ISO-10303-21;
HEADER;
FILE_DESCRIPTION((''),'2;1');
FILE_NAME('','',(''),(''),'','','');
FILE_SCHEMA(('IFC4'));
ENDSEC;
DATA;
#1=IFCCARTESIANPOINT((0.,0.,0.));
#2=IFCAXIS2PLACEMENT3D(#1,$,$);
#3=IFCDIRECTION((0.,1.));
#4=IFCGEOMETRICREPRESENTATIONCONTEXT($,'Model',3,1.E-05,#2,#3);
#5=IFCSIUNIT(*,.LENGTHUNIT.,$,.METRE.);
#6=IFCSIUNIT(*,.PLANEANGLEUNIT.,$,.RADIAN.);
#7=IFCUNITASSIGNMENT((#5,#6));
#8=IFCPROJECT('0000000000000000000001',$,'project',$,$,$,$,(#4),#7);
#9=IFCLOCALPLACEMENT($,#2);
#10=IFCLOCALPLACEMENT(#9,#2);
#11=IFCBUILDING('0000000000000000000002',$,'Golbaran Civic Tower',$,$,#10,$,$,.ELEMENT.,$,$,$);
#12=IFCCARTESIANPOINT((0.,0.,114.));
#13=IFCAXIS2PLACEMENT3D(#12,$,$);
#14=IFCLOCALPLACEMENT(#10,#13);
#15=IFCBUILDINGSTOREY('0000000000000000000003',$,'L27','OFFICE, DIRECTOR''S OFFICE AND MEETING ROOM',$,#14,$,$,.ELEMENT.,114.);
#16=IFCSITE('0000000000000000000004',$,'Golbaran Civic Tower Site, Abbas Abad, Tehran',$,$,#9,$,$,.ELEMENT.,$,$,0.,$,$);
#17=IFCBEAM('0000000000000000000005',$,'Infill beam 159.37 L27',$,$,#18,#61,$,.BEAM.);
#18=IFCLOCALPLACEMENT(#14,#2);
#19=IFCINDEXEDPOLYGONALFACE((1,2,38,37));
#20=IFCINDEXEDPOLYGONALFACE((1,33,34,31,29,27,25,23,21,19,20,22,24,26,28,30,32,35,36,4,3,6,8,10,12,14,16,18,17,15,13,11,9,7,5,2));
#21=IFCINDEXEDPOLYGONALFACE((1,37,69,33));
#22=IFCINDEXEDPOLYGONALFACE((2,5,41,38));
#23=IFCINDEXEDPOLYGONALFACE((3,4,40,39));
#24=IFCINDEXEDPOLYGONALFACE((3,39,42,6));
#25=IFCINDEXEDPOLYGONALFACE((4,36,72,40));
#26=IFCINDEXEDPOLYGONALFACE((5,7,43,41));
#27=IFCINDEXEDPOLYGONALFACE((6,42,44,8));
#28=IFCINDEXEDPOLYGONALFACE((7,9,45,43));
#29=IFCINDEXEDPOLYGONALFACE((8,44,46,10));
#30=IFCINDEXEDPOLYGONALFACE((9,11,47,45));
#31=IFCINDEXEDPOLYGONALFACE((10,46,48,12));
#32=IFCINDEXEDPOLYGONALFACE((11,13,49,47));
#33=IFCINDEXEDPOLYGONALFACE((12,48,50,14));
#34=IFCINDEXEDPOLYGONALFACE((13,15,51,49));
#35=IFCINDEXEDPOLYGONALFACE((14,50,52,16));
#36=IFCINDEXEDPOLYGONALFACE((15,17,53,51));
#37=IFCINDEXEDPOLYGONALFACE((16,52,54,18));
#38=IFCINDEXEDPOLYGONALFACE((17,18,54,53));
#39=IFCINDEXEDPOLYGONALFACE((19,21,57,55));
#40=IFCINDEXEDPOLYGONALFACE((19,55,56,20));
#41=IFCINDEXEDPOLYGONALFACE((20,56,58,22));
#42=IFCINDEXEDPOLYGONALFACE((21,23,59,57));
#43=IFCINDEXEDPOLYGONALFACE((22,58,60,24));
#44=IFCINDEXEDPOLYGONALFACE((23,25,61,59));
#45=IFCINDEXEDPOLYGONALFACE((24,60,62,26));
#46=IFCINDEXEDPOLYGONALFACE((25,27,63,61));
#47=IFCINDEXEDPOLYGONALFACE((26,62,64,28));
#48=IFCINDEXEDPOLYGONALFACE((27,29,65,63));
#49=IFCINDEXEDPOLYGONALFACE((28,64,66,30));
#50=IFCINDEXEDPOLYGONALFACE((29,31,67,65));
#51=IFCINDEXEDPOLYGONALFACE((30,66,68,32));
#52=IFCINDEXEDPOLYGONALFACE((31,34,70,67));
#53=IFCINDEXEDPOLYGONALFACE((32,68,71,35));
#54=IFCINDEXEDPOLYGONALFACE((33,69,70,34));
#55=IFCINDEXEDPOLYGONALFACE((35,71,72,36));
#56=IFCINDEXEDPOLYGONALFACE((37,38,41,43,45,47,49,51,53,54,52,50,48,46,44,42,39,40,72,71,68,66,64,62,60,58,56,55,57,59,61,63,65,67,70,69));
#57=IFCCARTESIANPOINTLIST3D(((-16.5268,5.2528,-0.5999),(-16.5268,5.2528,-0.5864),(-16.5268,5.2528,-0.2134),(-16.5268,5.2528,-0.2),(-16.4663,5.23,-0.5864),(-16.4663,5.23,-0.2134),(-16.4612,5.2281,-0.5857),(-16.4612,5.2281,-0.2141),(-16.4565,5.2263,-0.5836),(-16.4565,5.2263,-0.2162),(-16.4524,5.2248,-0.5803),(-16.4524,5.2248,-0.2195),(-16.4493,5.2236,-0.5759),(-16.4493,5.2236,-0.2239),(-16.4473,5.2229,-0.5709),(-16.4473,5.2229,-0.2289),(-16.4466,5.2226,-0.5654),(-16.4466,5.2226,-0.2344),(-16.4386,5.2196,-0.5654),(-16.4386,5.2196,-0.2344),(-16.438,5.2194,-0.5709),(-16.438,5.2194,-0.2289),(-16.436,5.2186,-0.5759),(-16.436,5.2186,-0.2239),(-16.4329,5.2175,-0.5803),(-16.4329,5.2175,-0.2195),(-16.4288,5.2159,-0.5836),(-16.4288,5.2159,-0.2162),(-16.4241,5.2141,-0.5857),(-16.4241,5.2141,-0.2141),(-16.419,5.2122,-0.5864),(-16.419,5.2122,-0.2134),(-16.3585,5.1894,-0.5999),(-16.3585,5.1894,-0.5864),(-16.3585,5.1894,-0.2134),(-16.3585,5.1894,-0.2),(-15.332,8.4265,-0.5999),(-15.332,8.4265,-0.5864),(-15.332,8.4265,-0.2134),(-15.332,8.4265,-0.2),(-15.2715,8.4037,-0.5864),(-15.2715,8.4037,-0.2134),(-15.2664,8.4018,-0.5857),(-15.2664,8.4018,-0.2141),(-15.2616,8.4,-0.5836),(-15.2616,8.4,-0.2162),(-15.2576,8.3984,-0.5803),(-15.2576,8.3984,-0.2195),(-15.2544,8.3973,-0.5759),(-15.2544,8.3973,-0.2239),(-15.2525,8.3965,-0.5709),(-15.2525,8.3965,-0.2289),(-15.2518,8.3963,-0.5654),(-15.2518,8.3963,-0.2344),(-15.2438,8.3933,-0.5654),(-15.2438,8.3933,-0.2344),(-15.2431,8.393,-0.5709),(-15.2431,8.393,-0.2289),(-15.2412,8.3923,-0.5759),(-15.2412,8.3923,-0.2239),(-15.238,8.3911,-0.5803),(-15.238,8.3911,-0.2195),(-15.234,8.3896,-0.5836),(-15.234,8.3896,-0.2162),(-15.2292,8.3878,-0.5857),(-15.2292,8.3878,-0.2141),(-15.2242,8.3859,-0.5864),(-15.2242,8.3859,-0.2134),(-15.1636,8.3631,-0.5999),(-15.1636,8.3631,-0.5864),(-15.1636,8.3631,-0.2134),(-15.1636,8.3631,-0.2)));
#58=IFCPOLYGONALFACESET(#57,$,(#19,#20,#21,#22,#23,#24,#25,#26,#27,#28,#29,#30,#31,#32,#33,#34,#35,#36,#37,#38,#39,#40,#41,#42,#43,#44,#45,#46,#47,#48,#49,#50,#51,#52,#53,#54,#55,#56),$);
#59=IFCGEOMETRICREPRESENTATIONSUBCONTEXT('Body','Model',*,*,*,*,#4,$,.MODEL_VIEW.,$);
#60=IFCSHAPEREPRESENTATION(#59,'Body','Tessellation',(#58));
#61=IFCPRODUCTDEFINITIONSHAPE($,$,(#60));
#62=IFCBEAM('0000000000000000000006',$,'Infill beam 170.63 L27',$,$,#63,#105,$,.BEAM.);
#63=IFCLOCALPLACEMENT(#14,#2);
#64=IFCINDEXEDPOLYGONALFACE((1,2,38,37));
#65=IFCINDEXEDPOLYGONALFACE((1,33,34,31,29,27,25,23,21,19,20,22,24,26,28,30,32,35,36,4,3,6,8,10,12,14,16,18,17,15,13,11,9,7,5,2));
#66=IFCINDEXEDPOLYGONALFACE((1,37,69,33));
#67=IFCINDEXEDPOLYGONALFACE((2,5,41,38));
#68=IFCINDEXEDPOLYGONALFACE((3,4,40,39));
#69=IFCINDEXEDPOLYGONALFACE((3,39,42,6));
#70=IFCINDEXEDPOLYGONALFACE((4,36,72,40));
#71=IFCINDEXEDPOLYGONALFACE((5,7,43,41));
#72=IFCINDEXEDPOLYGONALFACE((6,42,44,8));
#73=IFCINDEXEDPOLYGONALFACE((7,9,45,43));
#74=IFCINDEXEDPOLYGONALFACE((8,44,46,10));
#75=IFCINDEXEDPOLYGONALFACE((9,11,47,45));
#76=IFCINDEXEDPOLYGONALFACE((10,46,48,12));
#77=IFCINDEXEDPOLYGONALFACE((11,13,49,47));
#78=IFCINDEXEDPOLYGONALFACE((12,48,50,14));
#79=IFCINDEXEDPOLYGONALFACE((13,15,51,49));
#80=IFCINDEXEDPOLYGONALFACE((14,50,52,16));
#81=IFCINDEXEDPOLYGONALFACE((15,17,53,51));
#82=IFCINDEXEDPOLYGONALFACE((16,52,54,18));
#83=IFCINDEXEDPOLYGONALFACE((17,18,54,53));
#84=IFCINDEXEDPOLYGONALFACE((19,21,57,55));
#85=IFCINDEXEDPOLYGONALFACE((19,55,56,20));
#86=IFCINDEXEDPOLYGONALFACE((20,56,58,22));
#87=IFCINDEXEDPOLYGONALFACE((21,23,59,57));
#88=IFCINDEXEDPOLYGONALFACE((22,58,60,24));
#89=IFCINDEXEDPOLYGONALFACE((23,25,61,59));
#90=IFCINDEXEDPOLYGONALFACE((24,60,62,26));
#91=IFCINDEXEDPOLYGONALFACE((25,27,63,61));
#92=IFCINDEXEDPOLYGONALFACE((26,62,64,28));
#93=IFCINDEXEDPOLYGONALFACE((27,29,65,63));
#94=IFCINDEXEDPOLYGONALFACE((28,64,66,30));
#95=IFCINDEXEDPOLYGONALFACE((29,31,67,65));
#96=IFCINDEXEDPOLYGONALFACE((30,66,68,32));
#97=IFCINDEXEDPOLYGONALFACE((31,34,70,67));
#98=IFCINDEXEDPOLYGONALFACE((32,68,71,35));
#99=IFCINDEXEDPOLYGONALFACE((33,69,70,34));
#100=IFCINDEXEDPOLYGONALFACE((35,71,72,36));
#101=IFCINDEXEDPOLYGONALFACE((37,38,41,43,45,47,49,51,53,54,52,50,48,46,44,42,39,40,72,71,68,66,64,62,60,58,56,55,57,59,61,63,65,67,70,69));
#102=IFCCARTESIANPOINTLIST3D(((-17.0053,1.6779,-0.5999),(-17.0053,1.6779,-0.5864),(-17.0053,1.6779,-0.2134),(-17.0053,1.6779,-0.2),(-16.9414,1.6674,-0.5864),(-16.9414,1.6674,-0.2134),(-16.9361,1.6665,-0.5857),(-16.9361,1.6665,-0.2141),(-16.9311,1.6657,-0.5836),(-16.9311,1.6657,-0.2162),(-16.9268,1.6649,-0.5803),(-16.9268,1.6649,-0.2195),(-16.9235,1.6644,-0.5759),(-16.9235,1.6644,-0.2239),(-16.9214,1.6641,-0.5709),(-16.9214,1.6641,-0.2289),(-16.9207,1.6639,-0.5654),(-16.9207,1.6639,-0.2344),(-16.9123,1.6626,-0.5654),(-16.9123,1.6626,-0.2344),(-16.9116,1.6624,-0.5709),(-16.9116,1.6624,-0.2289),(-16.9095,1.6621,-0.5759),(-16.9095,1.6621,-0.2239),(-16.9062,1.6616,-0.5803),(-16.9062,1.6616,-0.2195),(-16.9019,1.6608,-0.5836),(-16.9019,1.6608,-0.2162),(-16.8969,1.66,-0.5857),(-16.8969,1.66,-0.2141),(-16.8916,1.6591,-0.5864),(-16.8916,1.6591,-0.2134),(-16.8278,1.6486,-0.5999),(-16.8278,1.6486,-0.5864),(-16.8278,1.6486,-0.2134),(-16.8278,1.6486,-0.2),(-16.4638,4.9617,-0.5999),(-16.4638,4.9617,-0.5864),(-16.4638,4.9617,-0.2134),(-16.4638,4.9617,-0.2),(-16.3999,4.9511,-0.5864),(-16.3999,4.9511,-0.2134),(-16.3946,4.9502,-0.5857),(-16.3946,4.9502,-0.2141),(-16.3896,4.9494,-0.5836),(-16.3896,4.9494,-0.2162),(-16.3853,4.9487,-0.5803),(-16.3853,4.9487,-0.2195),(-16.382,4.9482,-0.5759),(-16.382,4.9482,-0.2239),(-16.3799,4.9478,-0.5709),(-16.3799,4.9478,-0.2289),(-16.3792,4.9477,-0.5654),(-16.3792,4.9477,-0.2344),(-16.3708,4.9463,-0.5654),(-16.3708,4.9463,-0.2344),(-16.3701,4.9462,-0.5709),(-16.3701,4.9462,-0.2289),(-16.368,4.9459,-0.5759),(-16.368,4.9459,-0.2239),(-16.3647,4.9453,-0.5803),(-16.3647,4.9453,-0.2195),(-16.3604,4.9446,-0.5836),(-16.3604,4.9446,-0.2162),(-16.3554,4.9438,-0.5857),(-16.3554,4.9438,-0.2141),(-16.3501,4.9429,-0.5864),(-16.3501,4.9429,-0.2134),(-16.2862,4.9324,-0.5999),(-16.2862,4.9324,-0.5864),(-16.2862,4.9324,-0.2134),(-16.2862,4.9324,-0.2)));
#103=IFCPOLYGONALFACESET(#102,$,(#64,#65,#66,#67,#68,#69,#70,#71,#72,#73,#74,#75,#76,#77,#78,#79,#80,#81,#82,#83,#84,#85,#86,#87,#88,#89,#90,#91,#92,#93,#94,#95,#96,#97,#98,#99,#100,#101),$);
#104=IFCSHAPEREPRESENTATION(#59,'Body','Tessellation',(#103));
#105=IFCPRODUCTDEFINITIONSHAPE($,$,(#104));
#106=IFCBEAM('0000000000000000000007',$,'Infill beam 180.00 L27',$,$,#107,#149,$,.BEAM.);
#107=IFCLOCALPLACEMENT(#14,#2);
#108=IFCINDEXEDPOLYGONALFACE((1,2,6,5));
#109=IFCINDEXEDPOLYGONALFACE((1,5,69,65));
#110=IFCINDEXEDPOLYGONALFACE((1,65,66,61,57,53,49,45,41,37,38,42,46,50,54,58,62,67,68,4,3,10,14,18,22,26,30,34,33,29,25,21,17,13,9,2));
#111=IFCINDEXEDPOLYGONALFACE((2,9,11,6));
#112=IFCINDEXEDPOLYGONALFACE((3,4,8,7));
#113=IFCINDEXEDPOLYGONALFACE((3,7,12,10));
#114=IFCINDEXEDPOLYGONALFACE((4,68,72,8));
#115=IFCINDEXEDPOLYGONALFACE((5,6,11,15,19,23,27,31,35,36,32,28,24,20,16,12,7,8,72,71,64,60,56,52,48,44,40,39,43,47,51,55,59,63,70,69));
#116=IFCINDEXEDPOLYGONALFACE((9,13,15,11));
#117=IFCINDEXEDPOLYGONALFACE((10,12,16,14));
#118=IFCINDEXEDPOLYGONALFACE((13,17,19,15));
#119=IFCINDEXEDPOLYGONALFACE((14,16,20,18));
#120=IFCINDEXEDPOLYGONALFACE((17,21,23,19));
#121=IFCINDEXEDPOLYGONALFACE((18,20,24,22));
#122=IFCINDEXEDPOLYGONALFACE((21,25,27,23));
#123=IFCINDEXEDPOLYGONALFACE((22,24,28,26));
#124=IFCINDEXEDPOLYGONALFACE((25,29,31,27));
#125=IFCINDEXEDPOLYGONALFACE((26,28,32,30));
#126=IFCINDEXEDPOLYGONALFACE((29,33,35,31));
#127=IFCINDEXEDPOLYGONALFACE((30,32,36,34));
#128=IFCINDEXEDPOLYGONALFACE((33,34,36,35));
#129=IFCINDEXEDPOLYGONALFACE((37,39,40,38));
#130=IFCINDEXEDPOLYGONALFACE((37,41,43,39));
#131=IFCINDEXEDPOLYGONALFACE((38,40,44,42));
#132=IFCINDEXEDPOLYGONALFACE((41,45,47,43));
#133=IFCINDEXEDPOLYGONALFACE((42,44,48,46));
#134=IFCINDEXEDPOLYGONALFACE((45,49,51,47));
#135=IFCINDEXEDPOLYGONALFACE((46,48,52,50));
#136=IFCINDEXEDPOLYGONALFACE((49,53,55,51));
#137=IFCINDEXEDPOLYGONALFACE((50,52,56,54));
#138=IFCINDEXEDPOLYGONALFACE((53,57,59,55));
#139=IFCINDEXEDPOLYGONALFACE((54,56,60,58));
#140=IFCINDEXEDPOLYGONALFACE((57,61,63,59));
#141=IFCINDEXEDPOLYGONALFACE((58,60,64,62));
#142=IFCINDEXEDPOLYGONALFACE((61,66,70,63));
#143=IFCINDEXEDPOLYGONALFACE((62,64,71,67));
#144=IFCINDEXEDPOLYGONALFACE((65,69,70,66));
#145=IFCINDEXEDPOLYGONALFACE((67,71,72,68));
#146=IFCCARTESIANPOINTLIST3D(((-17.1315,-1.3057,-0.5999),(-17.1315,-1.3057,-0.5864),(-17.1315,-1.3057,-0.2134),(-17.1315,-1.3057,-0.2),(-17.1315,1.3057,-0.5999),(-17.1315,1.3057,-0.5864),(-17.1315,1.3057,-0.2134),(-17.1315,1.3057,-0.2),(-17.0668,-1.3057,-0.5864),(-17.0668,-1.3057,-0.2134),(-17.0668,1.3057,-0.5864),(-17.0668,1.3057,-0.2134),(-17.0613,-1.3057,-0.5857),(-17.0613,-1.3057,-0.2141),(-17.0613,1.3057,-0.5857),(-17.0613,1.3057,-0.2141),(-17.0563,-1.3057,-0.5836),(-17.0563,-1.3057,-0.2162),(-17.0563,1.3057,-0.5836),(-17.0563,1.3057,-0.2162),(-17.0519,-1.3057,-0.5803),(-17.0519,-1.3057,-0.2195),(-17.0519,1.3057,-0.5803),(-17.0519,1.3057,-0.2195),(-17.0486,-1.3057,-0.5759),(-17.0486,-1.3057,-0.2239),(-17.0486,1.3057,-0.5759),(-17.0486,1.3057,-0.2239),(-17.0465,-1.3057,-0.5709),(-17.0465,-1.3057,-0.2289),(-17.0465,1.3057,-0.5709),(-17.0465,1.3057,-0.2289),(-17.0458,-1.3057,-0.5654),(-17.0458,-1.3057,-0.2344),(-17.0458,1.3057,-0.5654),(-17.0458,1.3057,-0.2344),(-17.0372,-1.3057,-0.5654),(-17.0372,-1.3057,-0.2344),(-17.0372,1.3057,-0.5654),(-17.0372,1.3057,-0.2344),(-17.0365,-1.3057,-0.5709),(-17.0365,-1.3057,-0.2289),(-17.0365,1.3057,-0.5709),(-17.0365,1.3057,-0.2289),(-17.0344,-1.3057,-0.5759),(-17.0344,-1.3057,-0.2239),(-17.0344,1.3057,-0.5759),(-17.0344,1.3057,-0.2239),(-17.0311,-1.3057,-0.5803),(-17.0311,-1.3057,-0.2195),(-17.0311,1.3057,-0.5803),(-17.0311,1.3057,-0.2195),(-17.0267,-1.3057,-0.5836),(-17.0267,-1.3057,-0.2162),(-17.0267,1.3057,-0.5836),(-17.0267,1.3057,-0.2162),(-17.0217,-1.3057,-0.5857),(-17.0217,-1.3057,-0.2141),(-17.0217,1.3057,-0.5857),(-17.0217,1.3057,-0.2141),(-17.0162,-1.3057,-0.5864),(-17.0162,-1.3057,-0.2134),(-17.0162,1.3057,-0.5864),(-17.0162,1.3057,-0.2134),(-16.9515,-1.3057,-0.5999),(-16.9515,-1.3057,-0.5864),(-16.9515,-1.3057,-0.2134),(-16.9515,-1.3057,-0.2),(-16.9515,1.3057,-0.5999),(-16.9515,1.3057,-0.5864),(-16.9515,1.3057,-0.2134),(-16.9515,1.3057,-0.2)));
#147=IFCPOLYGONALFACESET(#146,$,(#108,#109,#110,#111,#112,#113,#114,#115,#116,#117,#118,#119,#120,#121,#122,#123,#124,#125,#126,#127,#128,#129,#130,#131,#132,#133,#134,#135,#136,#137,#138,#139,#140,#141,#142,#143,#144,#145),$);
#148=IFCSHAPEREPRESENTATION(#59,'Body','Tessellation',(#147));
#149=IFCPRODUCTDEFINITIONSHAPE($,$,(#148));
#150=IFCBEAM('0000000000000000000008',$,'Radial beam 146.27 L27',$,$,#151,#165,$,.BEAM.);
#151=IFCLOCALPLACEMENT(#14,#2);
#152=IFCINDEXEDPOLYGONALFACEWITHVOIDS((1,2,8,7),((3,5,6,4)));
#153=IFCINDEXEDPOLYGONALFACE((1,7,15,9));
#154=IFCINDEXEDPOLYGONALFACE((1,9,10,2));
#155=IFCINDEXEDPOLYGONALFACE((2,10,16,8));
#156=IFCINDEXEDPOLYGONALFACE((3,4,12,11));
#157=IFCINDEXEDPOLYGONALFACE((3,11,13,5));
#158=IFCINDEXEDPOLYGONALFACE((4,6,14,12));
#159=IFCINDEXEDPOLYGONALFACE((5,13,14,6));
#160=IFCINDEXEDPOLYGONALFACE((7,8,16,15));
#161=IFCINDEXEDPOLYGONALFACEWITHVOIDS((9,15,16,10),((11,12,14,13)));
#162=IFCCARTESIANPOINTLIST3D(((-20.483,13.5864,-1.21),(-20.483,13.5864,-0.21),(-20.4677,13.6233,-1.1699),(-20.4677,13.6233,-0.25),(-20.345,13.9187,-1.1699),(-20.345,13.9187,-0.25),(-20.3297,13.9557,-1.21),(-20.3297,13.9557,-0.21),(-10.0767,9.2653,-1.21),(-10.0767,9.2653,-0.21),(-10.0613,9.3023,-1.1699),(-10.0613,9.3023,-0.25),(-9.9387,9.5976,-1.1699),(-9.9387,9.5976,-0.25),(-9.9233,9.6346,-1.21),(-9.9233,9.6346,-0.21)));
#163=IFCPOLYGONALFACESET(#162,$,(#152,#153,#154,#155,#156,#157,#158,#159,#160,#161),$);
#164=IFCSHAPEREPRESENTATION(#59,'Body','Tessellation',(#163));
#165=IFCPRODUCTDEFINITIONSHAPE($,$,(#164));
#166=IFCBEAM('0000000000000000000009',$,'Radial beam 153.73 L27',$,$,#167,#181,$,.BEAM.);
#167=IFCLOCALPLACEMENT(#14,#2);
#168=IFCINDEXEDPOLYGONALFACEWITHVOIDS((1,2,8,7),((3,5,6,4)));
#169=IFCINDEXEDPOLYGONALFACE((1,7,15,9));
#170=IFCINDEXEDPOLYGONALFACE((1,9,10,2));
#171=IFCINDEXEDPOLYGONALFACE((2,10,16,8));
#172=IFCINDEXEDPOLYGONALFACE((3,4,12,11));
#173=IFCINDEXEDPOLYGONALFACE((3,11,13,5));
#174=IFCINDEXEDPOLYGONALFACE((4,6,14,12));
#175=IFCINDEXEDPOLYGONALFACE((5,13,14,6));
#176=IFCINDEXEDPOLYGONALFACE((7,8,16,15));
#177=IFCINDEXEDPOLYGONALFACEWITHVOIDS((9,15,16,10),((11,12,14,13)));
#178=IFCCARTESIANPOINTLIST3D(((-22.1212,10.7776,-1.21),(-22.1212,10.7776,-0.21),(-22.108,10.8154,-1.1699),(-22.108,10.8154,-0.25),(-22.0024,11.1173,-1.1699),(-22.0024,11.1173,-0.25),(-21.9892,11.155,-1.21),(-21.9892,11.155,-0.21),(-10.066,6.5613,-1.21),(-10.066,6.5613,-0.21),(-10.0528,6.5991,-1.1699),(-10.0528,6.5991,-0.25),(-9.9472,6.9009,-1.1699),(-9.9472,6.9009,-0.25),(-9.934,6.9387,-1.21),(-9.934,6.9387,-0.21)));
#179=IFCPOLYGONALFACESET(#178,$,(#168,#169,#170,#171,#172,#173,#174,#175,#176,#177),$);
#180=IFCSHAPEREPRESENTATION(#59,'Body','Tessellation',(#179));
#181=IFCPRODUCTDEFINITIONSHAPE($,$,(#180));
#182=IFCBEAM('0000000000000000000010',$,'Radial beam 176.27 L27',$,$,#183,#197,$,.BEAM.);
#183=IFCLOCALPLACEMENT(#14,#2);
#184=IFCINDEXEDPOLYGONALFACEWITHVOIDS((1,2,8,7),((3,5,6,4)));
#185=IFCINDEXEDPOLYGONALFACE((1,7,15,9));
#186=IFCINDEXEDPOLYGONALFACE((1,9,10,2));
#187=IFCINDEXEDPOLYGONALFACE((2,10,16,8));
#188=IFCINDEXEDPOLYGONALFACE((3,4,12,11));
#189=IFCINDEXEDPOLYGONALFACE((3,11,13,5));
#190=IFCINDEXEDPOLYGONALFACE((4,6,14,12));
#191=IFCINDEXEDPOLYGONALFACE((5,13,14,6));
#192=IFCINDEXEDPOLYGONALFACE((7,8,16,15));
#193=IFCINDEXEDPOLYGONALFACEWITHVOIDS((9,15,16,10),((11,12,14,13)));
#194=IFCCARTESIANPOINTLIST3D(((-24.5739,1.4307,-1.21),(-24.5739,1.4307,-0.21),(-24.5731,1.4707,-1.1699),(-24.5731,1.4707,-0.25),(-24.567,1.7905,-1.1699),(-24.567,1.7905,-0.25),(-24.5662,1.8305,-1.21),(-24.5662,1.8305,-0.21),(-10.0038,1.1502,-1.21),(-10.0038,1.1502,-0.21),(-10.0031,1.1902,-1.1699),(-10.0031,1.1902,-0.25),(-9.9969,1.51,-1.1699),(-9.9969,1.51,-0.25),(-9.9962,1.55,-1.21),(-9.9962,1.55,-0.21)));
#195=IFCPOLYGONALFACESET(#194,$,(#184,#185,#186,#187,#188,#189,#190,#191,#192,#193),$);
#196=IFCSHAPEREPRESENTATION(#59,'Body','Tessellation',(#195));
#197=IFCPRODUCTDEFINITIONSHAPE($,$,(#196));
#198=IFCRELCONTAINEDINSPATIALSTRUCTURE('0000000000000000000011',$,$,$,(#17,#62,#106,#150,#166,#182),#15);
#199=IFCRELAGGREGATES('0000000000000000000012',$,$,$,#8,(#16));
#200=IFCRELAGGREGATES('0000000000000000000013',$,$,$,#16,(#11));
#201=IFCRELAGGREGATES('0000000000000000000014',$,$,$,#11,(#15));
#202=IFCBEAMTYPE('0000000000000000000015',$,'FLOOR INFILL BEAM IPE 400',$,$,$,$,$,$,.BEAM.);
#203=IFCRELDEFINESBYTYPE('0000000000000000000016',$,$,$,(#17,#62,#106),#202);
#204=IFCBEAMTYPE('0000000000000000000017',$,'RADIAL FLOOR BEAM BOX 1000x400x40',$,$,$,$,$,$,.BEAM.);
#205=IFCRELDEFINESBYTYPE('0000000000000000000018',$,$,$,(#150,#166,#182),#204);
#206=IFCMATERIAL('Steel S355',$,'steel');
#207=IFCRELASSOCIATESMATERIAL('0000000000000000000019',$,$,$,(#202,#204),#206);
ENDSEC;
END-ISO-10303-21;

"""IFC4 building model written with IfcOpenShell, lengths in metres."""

from ifc_helpers import new_model, si_unit, direction, frame, origin, origin_2d, place, context, subcontext, project, spatial, hollow_rectangle, i_section, extrude, material, material_profile, profile_set, type_object, element, save


model = new_model("IFC4")

# Units and contexts
model_context = context("Model", 3, precision=1e-05, world=origin(), true_north=direction((0.0, 1.0)))
body_context = subcontext(model_context, "Body", "Model", "MODEL_VIEW")
ifc_project = project(units=[si_unit("LENGTHUNIT", "METRE"), si_unit("PLANEANGLEUNIT", "RADIAN")], contexts=[model_context])

# Site, building, storey
site_placement = place(None, origin())
site = spatial("IfcSite", under=ifc_project, at=site_placement, Name="Golbaran Civic Tower Site, Abbas Abad, Tehran", CompositionType="ELEMENT", RefElevation=0.0)
building_placement = place(site_placement, origin())
building = spatial("IfcBuilding", under=site, at=building_placement, Name="Golbaran Civic Tower", CompositionType="ELEMENT")
storey_placement = place(building_placement, frame((0.0, 0.0, 114.0)))
storey = spatial("IfcBuildingStorey", under=building, at=storey_placement, Name="L27", Description="OFFICE, DIRECTOR'S OFFICE AND MEETING ROOM", CompositionType="ELEMENT", Elevation=114.0)

# Beams
ifc_material_1 = material(Name="Steel S355", Category="steel")
ifc_material_profile_1 = material_profile(ifc_material_1, i_section(OverallWidth=0.1799, OverallDepth=0.3999, WebThickness=0.0085, FlangeThickness=0.0134, FilletRadius=0.021, at=origin_2d()), Name="IPE 400")
ifc_profile_set_1 = profile_set([ifc_material_profile_1], Name="Steel S355")
beam_type_1 = type_object("IfcBeamType", Name="FLOOR INFILL BEAM IPE 400", PredefinedType="BEAM", material=ifc_profile_set_1)
beam_1_placement = place(storey_placement, frame((-15.2478, 8.3948, -0.3999), z_axis=(-0.352346, -0.93587, 0.0), x_axis=(0.93587, -0.352346, 0.0)))
element("IfcBeam", 1, at=beam_1_placement, inside=storey, type_object=beam_type_1, Name="Infill beam 159.37 L27", PredefinedType="BEAM", context=body_context, shape_type="SweptSolid", body=[
    extrude(i_section(OverallWidth=0.1799, OverallDepth=0.3999, WebThickness=0.0085, FlangeThickness=0.0134, FilletRadius=0.021, at=origin_2d()), origin(), (0.0, 0.0, 1.0), 3.3911),
])
beam_2_placement = place(storey_placement, frame((-16.375, 4.947, -0.3999), z_axis=(-0.16271, -0.986674, 0.0), x_axis=(0.986674, -0.16271, 0.0)))
element("IfcBeam", 2, at=beam_2_placement, inside=storey, type_object=beam_type_1, Name="Infill beam 170.63 L27", PredefinedType="BEAM", context=body_context, shape_type="SweptSolid", body=[
    extrude(i_section(OverallWidth=0.1799, OverallDepth=0.3999, WebThickness=0.0085, FlangeThickness=0.0134, FilletRadius=0.021, at=origin_2d()), origin(), (0.0, 0.0, 1.0), 3.3281),
])
beam_3_placement = place(storey_placement, frame((-17.0415, 1.3057, -0.3999), z_axis=(0.0, -1.0, 0.0), x_axis=(1.0, 0.0, 0.0)))
element("IfcBeam", 3, at=beam_3_placement, inside=storey, type_object=beam_type_1, Name="Infill beam 180.00 L27", PredefinedType="BEAM", context=body_context, shape_type="SweptSolid", body=[
    extrude(i_section(OverallWidth=0.1799, OverallDepth=0.3999, WebThickness=0.0085, FlangeThickness=0.0134, FilletRadius=0.021, at=origin_2d()), origin(), (0.0, 0.0, 1.0), 2.6113),
])
ifc_material_profile_2 = material_profile(ifc_material_1, hollow_rectangle(XDim=0.3999, YDim=1.0, WallThickness=0.04, at=origin_2d()), Name="BOX 1000x400x40")
ifc_profile_set_2 = profile_set([ifc_material_profile_2], Name="Steel S355")
beam_type_2 = type_object("IfcBeamType", Name="RADIAL FLOOR BEAM BOX 1000x400x40", PredefinedType="BEAM", material=ifc_profile_set_2)
beam_4_placement = place(storey_placement, frame((-10.0, 9.45, -0.71), z_axis=(-0.923545, 0.383489, 0.0), x_axis=(-0.383489, -0.923545, 0.0)))
element("IfcBeam", 4, at=beam_4_placement, inside=storey, type_object=beam_type_2, Name="Radial beam 146.27 L27", PredefinedType="BEAM", context=body_context, shape_type="SweptSolid", body=[
    extrude(hollow_rectangle(XDim=0.3999, YDim=1.0, WallThickness=0.04, at=origin_2d()), origin(), (0.0, 0.0, 1.0), 11.2678),
])
beam_5_placement = place(storey_placement, frame((-10.0, 6.75, -0.71), z_axis=(-0.943932, 0.330141, 0.0), x_axis=(-0.330141, -0.943932, 0.0)))
element("IfcBeam", 5, at=beam_5_placement, inside=storey, type_object=beam_type_2, Name="Radial beam 153.73 L27", PredefinedType="BEAM", context=body_context, shape_type="SweptSolid", body=[
    extrude(hollow_rectangle(XDim=0.3999, YDim=1.0, WallThickness=0.04, at=origin_2d()), origin(), (0.0, 0.0, 1.0), 12.7712),
])
beam_6_placement = place(storey_placement, frame((-10.0, 1.3501, -0.71), z_axis=(-0.999815, 0.019249, 0.0), x_axis=(-0.019249, -0.999815, 0.0)))
element("IfcBeam", 6, at=beam_6_placement, inside=storey, type_object=beam_type_2, Name="Radial beam 176.27 L27", PredefinedType="BEAM", context=body_context, shape_type="SweptSolid", body=[
    extrude(hollow_rectangle(XDim=0.3999, YDim=1.0, WallThickness=0.04, at=origin_2d()), origin(), (0.0, 0.0, 1.0), 14.5728),
])

save(model, "model.ifc")
